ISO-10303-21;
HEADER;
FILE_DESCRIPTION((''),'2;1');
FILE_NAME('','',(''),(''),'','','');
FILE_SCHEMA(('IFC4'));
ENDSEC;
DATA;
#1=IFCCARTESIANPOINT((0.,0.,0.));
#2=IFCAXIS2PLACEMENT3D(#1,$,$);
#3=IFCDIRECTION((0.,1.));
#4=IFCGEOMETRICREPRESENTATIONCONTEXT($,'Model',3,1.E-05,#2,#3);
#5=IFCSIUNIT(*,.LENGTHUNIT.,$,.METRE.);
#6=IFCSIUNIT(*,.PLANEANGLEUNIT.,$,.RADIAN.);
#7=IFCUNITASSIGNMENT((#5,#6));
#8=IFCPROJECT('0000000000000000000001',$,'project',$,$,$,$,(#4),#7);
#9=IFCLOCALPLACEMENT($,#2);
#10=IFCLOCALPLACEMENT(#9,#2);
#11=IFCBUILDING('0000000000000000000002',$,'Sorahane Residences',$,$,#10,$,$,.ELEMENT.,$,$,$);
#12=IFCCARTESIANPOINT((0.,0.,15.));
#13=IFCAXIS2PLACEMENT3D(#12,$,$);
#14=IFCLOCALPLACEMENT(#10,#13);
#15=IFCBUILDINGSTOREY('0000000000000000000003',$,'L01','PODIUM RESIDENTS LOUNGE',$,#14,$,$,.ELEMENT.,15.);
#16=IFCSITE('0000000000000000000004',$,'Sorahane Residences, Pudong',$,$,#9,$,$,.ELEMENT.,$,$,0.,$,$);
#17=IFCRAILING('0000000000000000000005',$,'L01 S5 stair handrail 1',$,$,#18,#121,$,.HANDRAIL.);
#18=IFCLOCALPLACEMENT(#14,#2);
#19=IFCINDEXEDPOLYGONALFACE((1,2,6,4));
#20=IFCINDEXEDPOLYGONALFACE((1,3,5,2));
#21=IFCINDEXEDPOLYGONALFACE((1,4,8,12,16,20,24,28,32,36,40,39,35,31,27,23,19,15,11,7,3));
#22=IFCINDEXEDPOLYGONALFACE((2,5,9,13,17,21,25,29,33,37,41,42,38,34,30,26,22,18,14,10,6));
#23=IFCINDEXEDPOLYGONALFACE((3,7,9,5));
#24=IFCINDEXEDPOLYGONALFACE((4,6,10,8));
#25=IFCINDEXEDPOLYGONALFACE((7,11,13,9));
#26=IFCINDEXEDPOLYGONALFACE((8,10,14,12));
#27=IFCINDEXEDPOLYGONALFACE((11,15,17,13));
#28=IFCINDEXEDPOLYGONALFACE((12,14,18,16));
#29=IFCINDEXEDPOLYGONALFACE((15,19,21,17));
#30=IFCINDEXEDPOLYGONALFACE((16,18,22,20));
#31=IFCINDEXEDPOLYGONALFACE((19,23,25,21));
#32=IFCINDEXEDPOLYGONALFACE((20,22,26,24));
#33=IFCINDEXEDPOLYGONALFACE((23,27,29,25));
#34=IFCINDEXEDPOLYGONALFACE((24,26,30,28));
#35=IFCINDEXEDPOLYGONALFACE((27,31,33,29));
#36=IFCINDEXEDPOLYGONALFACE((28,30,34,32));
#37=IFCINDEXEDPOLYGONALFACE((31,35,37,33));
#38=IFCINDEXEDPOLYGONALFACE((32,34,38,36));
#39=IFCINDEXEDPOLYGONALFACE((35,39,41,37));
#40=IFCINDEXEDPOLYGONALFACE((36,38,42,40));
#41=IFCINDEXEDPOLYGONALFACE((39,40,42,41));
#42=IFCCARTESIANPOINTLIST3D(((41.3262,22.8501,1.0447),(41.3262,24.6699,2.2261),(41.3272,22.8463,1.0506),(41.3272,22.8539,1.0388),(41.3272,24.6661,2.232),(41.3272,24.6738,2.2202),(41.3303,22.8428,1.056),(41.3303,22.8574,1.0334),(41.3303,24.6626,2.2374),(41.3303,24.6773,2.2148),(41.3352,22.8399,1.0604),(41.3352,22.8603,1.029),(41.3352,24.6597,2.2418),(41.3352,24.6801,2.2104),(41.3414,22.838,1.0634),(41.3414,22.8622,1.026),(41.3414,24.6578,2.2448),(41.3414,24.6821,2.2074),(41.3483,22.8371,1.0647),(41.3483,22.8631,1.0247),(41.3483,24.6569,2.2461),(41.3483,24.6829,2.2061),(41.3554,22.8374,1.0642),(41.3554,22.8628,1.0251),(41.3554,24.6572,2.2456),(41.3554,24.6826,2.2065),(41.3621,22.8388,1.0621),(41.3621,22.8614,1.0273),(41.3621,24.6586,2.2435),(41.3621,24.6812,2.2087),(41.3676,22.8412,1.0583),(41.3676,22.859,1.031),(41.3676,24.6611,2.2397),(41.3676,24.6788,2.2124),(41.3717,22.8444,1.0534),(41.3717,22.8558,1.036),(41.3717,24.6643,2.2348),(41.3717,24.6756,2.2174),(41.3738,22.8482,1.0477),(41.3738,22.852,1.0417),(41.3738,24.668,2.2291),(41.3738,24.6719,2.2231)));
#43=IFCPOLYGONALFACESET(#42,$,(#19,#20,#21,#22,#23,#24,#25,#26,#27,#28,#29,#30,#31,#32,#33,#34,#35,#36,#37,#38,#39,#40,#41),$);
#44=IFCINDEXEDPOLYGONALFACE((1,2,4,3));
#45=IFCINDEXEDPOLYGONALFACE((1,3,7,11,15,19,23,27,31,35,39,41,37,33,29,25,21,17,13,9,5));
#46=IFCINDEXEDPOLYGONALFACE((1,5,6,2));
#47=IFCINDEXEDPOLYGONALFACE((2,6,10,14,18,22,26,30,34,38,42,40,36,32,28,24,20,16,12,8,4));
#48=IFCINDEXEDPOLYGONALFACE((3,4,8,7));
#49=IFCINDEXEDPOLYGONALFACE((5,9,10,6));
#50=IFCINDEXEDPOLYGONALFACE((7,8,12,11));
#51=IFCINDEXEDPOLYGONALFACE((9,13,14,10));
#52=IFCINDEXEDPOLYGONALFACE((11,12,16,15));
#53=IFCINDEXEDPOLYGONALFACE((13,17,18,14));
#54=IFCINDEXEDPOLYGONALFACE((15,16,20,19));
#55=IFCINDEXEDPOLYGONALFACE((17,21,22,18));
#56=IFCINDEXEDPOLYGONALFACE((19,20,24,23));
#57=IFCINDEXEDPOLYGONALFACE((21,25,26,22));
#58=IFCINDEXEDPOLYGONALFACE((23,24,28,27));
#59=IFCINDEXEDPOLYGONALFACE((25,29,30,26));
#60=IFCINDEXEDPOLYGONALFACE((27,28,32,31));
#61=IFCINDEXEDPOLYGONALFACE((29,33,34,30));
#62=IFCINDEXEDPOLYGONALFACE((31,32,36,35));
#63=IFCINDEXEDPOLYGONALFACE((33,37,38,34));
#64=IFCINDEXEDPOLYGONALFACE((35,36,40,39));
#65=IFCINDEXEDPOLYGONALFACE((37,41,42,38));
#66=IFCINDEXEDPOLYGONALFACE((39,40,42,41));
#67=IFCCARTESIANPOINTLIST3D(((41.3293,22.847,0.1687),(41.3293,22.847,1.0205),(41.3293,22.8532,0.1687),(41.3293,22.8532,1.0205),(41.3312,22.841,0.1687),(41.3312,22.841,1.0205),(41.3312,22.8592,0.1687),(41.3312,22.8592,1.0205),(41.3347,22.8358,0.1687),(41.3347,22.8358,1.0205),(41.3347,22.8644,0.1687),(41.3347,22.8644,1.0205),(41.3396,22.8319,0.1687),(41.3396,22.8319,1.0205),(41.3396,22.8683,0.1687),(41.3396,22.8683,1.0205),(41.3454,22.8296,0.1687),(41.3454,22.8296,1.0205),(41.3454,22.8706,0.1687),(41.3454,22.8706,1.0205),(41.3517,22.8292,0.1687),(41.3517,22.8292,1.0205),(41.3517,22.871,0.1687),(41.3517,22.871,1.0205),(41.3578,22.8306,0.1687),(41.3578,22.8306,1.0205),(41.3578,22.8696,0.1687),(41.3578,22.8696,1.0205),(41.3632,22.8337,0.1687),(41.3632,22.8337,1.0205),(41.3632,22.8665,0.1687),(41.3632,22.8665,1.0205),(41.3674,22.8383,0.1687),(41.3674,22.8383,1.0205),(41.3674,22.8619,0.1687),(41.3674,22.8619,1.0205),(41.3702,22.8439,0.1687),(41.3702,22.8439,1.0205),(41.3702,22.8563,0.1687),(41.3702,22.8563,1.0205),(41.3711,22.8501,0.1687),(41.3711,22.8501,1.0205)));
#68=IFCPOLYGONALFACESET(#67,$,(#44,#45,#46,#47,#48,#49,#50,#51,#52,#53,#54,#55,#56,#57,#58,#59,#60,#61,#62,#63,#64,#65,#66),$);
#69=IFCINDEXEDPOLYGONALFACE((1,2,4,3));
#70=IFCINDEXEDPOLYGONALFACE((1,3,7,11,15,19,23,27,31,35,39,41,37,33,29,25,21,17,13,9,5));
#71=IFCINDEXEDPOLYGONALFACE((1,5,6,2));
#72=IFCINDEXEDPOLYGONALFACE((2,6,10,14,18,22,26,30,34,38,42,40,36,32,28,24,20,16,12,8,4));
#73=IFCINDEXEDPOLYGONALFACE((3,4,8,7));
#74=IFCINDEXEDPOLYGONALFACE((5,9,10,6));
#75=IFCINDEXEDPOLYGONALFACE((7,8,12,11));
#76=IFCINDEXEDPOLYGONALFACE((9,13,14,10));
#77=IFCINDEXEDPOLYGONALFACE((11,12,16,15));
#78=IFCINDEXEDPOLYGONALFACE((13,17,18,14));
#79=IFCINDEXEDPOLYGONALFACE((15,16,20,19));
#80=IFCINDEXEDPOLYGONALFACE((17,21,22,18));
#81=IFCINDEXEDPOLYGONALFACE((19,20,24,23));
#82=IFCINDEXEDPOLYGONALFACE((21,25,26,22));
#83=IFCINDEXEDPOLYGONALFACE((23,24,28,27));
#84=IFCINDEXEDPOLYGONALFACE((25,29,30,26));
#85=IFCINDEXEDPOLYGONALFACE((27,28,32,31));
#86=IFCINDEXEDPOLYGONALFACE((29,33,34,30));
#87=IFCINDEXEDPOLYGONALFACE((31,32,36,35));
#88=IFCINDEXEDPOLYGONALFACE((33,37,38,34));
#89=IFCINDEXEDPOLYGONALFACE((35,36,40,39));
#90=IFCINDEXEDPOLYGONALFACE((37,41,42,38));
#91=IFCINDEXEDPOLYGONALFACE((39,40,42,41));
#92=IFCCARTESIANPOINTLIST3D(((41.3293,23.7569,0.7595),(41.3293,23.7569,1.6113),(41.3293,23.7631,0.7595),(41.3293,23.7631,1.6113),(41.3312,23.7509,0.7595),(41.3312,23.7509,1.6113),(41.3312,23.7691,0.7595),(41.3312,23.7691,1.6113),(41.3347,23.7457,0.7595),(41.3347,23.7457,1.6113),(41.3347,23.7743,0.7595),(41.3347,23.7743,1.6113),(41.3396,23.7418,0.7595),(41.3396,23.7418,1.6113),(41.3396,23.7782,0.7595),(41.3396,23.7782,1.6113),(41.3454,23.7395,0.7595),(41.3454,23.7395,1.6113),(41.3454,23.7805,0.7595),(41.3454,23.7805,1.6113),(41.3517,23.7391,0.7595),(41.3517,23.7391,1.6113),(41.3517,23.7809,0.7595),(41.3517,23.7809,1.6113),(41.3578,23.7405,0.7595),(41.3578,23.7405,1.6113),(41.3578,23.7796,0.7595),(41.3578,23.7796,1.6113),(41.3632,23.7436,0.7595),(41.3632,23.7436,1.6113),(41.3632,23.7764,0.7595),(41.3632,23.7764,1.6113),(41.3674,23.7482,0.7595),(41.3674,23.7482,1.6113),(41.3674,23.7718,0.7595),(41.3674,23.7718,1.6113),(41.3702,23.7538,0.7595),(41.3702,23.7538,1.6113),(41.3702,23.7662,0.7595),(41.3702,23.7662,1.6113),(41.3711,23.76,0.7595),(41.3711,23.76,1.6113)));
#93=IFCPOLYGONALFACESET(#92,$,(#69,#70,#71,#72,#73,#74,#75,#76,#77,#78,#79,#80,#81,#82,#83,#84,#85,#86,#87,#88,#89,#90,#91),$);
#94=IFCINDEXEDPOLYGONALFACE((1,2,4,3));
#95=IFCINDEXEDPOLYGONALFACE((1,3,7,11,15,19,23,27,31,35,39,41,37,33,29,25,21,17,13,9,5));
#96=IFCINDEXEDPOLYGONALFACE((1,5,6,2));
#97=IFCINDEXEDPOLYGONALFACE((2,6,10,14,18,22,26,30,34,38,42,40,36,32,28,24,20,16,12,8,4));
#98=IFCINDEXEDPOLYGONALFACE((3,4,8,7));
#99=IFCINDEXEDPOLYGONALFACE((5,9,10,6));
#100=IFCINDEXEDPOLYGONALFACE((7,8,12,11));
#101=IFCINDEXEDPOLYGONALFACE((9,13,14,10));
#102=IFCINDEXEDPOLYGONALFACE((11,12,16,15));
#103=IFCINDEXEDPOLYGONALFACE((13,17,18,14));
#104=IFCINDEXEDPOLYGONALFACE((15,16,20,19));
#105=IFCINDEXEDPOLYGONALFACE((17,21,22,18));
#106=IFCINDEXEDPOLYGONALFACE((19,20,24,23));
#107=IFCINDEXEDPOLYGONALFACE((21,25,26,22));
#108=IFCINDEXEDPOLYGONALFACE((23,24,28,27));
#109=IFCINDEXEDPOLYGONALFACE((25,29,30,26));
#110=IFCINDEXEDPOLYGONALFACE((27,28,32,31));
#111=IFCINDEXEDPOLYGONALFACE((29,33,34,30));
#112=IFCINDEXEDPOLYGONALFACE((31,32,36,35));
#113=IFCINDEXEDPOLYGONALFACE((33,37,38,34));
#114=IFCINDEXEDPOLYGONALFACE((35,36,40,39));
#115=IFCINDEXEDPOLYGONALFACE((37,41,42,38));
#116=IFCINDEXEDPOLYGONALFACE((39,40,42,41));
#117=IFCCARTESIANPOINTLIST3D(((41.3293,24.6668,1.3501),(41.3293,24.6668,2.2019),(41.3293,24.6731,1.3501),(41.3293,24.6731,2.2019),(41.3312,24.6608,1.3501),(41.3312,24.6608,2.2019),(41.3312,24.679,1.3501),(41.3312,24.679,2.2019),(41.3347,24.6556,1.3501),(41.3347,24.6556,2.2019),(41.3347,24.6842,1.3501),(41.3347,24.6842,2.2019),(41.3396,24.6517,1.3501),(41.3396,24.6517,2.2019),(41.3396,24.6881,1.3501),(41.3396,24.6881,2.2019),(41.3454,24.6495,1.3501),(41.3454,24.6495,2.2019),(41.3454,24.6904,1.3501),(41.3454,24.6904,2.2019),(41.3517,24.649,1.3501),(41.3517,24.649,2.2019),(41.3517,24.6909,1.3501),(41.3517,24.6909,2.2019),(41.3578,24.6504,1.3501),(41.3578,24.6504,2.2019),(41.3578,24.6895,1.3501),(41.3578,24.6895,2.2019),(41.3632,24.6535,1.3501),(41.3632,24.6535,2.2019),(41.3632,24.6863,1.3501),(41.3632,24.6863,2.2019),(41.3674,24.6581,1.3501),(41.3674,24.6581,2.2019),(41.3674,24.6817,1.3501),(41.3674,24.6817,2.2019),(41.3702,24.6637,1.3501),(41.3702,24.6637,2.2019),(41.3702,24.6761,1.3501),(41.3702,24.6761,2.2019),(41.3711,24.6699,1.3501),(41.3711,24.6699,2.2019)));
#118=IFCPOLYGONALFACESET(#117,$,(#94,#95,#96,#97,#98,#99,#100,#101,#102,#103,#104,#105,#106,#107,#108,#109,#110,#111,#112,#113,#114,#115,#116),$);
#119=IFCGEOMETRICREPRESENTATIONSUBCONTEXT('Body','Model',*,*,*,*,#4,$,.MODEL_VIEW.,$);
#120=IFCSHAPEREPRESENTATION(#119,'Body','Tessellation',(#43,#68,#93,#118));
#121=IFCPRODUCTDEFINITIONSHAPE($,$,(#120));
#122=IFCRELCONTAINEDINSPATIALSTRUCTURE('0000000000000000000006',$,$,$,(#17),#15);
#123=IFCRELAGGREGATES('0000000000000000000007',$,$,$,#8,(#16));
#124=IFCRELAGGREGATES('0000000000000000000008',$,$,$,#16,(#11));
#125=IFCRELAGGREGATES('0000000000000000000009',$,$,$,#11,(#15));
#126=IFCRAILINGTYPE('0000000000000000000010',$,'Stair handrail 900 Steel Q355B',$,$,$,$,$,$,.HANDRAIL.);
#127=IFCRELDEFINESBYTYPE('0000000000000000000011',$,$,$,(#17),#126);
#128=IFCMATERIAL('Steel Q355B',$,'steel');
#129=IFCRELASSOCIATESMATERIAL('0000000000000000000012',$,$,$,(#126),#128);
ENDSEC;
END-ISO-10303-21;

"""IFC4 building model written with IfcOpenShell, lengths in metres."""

from ifc_helpers import new_model, si_unit, direction, frame, origin, origin_2d, place, context, subcontext, project, spatial, circle, extrude, material, type_object, element, save


model = new_model("IFC4")

# Units and contexts
model_context = context("Model", 3, precision=1e-05, world=origin(), true_north=direction((0.0, 1.0)))
body_context = subcontext(model_context, "Body", "Model", "MODEL_VIEW")
ifc_project = project(units=[si_unit("LENGTHUNIT", "METRE"), si_unit("PLANEANGLEUNIT", "RADIAN")], contexts=[model_context])

# Site, building, storey
site_placement = place(None, origin())
site = spatial("IfcSite", under=ifc_project, at=site_placement, Name="Sorahane Residences, Pudong", CompositionType="ELEMENT", RefElevation=0.0)
building_placement = place(site_placement, origin())
building = spatial("IfcBuilding", under=site, at=building_placement, Name="Sorahane Residences", CompositionType="ELEMENT")
storey_placement = place(building_placement, frame((0.0, 0.0, 15.0)))
storey = spatial("IfcBuildingStorey", under=building, at=storey_placement, Name="L01", Description="PODIUM RESIDENTS LOUNGE", CompositionType="ELEMENT", Elevation=15.0)

# Railing
ifc_material_1 = material(Name="Steel Q355B", Category="steel")
railing_type_1 = type_object("IfcRailingType", Name="Stair handrail 900 Steel Q355B", PredefinedType="HANDRAIL", material=ifc_material_1)
railing_1_placement = place(storey_placement, frame((41.3501, 22.8501, 0.1687)))
element("IfcRailing", 1, at=railing_1_placement, inside=storey, type_object=railing_type_1, Name="L01 S5 stair handrail 1", PredefinedType="HANDRAIL", context=body_context, shape_type="SweptSolid", body=[
    extrude(circle(Radius=0.0239, at=origin_2d()), frame((0.0, 0.0, 0.876), z_axis=(0.0, 0.838757, 0.544506), x_axis=(-1.0, 0.0, 0.0)), (0.0, 0.0, 1.0), 2.1697),
    extrude(circle(Radius=0.021, at=origin_2d()), origin(), (0.0, 0.0, 1.0), 0.8518),
    extrude(circle(Radius=0.021, at=origin_2d()), frame((0.0, 0.9099, 0.5908)), (0.0, 0.0, 1.0), 0.8518),
    extrude(circle(Radius=0.021, at=origin_2d()), frame((0.0, 1.8198, 1.1814)), (0.0, 0.0, 1.0), 0.8518),
])

save(model, "model.ifc")
